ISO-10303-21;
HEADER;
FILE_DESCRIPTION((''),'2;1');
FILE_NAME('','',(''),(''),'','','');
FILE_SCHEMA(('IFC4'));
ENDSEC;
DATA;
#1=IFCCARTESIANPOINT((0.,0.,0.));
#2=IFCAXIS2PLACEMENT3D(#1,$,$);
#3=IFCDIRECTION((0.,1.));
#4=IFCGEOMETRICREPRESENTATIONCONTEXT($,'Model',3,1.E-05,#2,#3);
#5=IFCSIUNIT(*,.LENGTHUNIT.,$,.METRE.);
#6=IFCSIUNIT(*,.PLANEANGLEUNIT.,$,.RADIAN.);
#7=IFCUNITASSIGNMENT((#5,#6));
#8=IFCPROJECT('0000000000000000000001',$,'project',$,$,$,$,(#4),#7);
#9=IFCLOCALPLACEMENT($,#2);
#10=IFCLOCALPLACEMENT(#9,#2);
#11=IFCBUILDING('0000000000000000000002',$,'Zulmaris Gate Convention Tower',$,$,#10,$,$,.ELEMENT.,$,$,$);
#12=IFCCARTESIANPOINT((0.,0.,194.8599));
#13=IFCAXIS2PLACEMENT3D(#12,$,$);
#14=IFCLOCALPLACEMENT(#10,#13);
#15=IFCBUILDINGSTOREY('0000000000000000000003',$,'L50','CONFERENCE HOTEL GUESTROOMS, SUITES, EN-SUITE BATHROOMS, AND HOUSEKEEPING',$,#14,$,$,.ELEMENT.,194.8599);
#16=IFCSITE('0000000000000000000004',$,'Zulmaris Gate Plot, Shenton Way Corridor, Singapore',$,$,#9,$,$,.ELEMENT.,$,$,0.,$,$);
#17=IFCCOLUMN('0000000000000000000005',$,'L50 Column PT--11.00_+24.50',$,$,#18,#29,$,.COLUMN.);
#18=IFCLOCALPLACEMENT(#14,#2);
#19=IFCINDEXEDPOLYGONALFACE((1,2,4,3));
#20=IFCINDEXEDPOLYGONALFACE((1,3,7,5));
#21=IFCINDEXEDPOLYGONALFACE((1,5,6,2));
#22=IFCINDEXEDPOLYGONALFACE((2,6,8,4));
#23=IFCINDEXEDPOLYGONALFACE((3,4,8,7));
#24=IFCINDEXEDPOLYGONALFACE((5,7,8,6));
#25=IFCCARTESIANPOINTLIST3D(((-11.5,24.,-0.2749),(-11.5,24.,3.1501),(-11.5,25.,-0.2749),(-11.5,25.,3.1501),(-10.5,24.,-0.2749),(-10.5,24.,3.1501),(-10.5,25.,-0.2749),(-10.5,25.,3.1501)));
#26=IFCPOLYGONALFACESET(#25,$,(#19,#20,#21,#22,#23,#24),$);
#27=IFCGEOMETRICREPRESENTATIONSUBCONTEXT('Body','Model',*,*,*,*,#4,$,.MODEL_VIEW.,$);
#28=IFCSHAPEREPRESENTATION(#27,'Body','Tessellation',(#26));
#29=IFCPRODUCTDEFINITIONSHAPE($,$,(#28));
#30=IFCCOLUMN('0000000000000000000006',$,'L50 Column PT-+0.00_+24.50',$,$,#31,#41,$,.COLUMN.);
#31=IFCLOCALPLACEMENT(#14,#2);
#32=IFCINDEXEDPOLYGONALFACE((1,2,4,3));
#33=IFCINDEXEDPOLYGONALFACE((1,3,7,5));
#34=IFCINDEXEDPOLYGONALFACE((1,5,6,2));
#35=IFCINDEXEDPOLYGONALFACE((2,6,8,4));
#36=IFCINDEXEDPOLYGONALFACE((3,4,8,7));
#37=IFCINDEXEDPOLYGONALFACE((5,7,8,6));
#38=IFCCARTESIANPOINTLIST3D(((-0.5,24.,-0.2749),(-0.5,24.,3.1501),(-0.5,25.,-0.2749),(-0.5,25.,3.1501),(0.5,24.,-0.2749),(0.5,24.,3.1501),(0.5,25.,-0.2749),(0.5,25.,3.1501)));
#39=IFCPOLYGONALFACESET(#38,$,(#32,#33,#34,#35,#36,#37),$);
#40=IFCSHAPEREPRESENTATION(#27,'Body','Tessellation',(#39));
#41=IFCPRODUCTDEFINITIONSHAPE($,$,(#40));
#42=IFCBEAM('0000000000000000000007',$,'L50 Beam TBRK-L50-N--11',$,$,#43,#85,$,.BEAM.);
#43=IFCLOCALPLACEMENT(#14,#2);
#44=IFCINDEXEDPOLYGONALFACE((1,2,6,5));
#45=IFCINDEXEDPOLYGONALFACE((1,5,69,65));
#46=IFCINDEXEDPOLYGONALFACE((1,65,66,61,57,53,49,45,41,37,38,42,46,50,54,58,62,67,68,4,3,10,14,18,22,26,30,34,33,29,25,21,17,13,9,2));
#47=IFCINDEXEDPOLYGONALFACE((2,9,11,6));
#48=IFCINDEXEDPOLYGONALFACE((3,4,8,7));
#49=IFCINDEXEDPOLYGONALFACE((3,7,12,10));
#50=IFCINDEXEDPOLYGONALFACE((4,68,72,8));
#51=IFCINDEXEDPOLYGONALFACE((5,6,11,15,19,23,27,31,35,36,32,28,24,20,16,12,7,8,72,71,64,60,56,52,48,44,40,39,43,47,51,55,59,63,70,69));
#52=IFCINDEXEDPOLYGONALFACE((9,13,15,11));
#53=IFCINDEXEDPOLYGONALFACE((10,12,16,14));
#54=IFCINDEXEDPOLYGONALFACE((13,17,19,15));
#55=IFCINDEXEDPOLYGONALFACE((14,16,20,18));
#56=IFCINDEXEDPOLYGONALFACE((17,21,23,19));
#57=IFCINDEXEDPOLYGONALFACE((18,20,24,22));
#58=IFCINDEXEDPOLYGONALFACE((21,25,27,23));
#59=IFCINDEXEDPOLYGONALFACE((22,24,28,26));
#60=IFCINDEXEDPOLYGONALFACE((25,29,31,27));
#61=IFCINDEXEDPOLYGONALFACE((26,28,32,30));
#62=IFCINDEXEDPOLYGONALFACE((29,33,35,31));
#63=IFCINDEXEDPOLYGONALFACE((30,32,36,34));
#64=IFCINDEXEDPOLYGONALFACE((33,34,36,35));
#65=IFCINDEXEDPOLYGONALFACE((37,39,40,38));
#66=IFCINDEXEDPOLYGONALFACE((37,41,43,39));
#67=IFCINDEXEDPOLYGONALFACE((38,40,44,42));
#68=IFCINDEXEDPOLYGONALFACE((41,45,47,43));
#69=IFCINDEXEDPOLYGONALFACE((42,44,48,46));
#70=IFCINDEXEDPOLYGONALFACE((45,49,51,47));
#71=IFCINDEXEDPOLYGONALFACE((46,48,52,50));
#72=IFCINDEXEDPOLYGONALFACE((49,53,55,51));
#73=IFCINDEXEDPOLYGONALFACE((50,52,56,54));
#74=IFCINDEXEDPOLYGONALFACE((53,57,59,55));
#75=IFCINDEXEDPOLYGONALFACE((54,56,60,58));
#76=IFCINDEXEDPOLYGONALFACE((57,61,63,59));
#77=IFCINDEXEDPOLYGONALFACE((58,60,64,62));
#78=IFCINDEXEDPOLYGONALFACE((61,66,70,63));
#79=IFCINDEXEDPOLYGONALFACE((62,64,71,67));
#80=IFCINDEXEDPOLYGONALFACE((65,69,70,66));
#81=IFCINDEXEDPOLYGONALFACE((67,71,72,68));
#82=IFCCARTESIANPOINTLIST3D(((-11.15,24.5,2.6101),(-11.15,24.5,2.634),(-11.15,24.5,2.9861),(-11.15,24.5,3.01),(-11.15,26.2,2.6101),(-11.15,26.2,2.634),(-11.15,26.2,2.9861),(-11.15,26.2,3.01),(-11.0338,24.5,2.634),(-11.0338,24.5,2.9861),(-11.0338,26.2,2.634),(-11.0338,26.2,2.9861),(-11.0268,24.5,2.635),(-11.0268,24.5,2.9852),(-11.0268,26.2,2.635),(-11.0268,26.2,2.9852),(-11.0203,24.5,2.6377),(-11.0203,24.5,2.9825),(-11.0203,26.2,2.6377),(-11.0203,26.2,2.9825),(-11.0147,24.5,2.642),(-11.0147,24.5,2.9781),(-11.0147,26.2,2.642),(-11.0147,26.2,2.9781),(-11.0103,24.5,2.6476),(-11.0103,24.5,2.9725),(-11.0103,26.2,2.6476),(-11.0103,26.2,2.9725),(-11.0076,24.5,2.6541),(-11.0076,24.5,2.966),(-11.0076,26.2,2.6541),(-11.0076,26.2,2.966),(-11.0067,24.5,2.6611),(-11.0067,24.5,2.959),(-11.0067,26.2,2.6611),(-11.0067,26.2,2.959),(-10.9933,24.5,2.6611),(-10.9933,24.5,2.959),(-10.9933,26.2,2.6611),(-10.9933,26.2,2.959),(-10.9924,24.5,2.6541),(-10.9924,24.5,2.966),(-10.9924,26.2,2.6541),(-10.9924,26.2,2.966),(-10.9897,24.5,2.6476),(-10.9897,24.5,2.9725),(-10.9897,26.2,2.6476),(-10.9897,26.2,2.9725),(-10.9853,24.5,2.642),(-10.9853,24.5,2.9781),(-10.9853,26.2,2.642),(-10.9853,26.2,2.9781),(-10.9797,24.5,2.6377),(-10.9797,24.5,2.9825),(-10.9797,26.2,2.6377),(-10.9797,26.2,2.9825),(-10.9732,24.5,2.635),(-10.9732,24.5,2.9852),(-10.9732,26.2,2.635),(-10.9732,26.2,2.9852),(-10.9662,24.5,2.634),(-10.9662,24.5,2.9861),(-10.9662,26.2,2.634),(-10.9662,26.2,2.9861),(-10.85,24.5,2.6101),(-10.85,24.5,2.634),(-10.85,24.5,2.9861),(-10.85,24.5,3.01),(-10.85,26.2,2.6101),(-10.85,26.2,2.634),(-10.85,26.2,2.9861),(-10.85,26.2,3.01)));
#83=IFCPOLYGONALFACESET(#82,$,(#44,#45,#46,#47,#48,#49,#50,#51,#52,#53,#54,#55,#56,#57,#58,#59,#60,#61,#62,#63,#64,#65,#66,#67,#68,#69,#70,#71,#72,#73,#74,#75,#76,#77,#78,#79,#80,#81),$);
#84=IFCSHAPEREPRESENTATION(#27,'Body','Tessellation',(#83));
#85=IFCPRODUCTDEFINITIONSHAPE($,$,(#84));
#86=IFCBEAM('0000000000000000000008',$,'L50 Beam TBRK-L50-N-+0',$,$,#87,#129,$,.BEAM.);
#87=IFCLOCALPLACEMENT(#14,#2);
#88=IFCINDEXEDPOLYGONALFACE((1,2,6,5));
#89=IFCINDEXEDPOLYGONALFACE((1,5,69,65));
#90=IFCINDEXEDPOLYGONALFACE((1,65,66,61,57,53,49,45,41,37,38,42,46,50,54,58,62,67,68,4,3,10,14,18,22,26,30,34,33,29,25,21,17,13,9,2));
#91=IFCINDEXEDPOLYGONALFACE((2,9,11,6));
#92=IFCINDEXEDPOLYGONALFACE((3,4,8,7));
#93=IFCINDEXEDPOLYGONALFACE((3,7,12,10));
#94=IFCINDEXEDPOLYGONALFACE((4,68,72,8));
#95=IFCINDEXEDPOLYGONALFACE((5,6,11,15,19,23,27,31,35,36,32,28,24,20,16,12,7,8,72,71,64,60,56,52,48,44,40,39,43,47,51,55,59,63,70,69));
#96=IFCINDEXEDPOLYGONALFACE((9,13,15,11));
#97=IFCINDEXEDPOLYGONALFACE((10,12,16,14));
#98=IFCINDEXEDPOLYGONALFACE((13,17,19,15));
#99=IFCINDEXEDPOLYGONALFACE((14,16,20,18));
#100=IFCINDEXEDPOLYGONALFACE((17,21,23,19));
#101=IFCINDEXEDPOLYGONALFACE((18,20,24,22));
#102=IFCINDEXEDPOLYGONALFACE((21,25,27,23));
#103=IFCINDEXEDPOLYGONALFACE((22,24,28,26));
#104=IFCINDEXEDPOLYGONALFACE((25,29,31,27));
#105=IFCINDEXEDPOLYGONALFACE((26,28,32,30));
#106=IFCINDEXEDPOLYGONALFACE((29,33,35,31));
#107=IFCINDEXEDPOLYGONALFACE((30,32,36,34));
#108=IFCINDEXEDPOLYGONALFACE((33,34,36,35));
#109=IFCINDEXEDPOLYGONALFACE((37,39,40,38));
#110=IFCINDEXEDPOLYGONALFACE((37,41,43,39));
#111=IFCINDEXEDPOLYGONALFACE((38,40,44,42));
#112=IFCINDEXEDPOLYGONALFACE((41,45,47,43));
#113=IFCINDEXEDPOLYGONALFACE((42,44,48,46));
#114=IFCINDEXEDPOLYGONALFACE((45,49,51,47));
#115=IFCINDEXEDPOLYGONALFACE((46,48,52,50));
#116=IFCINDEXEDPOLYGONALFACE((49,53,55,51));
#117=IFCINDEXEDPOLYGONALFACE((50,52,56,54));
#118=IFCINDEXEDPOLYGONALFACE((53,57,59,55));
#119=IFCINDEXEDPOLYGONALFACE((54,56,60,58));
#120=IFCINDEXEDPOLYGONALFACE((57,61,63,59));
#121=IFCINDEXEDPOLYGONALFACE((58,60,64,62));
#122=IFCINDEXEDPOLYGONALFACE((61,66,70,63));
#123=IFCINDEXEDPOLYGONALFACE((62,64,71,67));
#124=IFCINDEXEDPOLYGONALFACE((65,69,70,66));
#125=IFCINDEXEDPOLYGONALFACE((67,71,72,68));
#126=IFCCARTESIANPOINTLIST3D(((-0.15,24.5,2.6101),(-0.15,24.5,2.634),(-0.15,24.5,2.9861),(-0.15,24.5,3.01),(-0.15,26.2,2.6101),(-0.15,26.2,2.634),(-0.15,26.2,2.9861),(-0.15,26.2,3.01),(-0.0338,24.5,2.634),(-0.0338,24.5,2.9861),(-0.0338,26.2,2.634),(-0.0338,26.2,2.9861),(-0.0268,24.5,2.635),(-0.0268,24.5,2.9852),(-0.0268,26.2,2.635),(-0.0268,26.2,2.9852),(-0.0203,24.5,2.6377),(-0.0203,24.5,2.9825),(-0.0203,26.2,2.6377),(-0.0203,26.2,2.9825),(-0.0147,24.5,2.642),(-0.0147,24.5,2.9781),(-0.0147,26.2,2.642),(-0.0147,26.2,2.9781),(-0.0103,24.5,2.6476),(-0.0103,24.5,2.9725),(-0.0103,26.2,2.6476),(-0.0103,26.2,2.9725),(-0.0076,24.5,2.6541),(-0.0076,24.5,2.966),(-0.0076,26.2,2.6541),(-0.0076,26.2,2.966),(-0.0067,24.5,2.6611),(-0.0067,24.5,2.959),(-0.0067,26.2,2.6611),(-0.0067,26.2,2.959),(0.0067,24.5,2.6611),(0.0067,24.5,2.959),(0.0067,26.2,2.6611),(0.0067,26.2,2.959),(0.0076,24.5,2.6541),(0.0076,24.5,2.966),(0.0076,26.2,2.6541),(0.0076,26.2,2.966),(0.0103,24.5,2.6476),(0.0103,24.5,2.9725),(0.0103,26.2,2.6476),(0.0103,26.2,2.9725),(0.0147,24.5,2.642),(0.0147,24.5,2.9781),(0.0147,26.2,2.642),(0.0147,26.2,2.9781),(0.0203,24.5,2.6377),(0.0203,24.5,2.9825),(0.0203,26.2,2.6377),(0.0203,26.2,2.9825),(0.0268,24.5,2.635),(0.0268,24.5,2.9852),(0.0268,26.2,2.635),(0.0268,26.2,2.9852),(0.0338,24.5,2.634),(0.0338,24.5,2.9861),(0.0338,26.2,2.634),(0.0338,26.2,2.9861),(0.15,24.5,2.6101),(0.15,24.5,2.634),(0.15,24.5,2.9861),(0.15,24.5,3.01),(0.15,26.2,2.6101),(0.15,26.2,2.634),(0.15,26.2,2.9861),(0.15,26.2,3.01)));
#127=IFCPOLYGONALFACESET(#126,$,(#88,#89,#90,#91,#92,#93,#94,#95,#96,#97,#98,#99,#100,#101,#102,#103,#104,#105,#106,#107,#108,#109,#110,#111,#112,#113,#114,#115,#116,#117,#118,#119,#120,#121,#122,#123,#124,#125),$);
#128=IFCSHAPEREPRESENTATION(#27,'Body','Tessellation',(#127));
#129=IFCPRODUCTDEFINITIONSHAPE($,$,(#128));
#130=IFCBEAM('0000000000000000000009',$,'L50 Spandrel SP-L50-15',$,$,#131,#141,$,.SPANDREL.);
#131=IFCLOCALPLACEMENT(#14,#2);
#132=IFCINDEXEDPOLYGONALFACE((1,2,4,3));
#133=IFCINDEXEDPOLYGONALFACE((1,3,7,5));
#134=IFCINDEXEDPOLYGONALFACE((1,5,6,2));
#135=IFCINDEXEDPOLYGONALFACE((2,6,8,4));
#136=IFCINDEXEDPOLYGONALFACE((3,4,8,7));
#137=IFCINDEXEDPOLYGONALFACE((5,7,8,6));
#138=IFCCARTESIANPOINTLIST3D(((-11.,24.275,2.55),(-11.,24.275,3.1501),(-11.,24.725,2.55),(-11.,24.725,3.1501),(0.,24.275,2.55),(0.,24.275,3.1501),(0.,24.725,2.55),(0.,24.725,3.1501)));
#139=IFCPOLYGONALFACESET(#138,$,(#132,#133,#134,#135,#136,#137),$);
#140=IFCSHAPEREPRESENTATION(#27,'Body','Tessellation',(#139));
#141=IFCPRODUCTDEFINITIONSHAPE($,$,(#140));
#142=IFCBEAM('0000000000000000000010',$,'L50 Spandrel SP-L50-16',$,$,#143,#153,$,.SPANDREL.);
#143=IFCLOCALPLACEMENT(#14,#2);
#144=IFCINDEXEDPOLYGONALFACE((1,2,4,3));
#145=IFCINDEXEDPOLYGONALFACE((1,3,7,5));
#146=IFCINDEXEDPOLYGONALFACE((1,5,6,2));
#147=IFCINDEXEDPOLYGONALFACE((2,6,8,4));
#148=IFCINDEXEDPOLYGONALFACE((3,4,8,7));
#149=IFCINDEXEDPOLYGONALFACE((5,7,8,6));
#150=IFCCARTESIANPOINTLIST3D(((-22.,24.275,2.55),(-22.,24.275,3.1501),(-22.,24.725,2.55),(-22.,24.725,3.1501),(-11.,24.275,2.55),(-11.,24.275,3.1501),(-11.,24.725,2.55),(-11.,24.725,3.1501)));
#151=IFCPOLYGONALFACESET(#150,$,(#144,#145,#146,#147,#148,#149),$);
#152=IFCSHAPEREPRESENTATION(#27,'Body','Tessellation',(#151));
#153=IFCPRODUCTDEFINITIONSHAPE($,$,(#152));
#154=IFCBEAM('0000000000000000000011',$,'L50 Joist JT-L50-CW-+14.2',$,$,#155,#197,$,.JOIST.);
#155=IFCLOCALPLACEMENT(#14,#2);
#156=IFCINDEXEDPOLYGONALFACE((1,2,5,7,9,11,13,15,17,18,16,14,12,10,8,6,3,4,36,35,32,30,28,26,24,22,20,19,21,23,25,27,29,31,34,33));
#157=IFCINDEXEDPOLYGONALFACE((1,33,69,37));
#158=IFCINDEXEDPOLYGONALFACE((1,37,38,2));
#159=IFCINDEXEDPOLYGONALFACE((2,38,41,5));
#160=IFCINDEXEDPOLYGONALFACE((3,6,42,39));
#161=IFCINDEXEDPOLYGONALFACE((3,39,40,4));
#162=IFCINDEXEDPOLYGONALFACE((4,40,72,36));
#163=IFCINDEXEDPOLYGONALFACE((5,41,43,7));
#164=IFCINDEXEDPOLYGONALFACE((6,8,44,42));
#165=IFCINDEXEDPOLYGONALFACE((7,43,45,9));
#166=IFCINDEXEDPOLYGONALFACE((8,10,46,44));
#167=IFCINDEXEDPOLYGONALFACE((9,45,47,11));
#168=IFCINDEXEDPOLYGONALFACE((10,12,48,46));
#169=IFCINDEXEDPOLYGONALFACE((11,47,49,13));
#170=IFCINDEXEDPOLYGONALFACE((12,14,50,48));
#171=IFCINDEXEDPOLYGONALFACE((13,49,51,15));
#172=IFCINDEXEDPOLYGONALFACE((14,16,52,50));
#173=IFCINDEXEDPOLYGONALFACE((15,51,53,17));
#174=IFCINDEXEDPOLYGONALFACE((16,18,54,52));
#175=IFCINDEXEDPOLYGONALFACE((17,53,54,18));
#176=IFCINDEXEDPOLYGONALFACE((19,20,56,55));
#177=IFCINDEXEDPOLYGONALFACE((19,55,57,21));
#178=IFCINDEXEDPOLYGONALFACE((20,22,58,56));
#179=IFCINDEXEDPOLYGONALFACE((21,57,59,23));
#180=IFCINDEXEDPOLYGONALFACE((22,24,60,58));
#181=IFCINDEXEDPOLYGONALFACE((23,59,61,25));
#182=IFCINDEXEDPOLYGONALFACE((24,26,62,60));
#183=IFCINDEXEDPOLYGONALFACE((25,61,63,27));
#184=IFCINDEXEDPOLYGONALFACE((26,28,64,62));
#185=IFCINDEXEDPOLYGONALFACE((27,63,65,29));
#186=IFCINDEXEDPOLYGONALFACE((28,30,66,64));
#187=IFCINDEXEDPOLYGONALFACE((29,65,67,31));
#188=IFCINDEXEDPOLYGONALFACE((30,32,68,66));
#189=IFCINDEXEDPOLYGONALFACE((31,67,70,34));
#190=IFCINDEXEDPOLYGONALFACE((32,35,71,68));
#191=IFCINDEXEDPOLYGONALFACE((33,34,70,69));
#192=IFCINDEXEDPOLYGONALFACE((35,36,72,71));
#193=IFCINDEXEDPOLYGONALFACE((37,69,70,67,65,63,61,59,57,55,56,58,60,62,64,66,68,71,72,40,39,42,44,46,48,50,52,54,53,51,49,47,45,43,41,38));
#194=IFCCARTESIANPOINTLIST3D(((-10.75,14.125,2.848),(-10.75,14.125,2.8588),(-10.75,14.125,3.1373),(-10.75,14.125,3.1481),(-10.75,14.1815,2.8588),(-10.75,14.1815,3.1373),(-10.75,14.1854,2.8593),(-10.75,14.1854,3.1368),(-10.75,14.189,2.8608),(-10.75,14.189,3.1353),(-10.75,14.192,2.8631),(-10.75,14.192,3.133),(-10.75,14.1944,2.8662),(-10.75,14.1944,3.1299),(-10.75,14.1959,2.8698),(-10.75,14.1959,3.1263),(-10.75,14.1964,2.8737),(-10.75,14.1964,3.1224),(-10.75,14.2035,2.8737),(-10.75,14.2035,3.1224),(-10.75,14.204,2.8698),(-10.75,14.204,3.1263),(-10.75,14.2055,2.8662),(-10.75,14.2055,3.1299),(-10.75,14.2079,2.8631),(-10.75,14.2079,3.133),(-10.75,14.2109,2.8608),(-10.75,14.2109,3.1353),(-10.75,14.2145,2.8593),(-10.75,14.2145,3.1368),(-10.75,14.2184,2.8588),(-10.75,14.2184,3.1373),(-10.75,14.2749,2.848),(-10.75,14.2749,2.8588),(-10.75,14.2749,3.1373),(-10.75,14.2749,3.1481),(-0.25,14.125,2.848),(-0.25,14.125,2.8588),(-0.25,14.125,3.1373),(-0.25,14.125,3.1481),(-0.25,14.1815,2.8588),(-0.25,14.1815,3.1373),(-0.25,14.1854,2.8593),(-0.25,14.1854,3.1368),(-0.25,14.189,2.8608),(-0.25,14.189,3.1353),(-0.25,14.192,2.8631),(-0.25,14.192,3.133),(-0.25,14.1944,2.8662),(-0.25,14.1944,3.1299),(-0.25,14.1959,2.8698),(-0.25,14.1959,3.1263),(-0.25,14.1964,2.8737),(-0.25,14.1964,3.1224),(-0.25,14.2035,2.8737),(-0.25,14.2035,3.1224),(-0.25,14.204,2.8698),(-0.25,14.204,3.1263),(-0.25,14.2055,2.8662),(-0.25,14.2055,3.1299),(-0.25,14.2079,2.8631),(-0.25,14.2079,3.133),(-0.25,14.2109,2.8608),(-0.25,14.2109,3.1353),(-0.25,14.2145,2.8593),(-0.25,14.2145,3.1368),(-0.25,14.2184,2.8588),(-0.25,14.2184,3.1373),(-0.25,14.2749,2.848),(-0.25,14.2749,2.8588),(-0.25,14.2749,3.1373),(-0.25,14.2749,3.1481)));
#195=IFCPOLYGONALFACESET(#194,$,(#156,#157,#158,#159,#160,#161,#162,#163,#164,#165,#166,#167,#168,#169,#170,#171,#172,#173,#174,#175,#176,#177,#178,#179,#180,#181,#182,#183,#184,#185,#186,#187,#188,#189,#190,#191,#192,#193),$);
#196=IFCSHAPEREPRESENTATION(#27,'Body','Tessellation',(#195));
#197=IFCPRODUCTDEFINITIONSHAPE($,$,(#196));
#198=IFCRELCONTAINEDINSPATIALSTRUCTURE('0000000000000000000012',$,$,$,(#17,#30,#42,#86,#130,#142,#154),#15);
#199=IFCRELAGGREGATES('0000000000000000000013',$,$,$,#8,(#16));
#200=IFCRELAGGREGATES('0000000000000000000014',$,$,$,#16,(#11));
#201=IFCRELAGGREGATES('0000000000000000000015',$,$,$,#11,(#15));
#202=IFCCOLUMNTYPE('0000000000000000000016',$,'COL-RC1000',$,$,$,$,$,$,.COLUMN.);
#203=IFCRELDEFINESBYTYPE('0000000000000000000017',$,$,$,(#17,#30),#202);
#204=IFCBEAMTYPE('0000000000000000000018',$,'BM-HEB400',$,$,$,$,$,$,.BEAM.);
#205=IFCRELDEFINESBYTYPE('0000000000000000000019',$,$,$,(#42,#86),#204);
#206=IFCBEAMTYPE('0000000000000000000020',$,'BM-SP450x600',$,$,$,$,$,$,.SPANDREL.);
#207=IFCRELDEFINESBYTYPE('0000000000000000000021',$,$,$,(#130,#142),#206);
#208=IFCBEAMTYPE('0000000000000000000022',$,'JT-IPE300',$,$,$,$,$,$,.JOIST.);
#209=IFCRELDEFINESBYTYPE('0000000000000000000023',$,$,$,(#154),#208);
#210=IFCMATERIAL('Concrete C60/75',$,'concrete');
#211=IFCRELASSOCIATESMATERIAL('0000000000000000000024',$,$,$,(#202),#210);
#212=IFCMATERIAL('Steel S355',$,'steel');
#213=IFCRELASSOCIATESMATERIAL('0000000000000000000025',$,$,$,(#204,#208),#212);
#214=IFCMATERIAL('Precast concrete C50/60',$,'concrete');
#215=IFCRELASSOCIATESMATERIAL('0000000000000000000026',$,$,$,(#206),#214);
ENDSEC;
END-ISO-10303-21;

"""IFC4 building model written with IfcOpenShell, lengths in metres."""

from ifc_helpers import new_model, si_unit, direction, frame, origin, origin_2d, place, context, subcontext, project, spatial, rectangle, i_section, extrude, material, material_profile, profile_set, type_object, element, save


model = new_model("IFC4")

# Units and contexts
model_context = context("Model", 3, precision=1e-05, world=origin(), true_north=direction((0.0, 1.0)))
body_context = subcontext(model_context, "Body", "Model", "MODEL_VIEW")
ifc_project = project(units=[si_unit("LENGTHUNIT", "METRE"), si_unit("PLANEANGLEUNIT", "RADIAN")], contexts=[model_context])

# Site, building, storey
site_placement = place(None, origin())
site = spatial("IfcSite", under=ifc_project, at=site_placement, Name="Zulmaris Gate Plot, Shenton Way Corridor, Singapore", CompositionType="ELEMENT", RefElevation=0.0)
building_placement = place(site_placement, origin())
building = spatial("IfcBuilding", under=site, at=building_placement, Name="Zulmaris Gate Convention Tower", CompositionType="ELEMENT")
storey_placement = place(building_placement, frame((0.0, 0.0, 194.8599)))
storey = spatial("IfcBuildingStorey", under=building, at=storey_placement, Name="L50", Description="CONFERENCE HOTEL GUESTROOMS, SUITES, EN-SUITE BATHROOMS, AND HOUSEKEEPING", CompositionType="ELEMENT", Elevation=194.8599)

# Columns
ifc_material_1 = material(Name="Concrete C60/75", Category="concrete")
ifc_material_profile_1 = material_profile(ifc_material_1, rectangle(XDim=1.0, YDim=1.0, at=origin_2d()), Name="RC COL 1000x1000")
ifc_profile_set_1 = profile_set([ifc_material_profile_1], Name="Concrete C60/75")
column_type = type_object("IfcColumnType", Name="COL-RC1000", PredefinedType="COLUMN", material=ifc_profile_set_1)
for number, where, z_axis, x_axis, name in (
    (1, (-11.0, 24.5, -0.2749), (0.0, 0.0, 1.0), (1.0, 0.0, 0.0), "L50 Column PT--11.00_+24.50"),
    (2, (0.0, 24.5, -0.2749), (0.0, 0.0, 1.0), (1.0, 0.0, 0.0), "L50 Column PT-+0.00_+24.50"),
):
    element("IfcColumn", number, at=place(storey_placement, frame(where, z_axis=z_axis, x_axis=x_axis)), inside=storey, type_object=column_type, Name=name, PredefinedType="COLUMN", context=body_context, shape_type="SweptSolid", body=[
        extrude(rectangle(XDim=1.0, YDim=1.0, at=origin_2d()), origin(), (0.0, 0.0, 1.0), 3.425),
    ])

# Beams
ifc_material_2 = material(Name="Steel S355", Category="steel")
ifc_material_profile_2 = material_profile(ifc_material_2, i_section(OverallWidth=0.3, OverallDepth=0.3999, WebThickness=0.0134, FlangeThickness=0.0239, FilletRadius=0.0271, at=origin_2d()), Name="HEB 400")
ifc_profile_set_2 = profile_set([ifc_material_profile_2], Name="Steel S355")
beam_type_1 = type_object("IfcBeamType", Name="BM-HEB400", PredefinedType="BEAM", material=ifc_profile_set_2)
for number, where, z_axis, x_axis, name in (
    (3, (-11.0, 24.5, 2.8101), (0.0, 1.0, 0.0), (-1.0, 0.0, 0.0), "L50 Beam TBRK-L50-N--11"),
    (4, (0.0, 24.5, 2.8101), (0.0, 1.0, 0.0), (-1.0, 0.0, 0.0), "L50 Beam TBRK-L50-N-+0"),
):
    element("IfcBeam", number, at=place(storey_placement, frame(where, z_axis=z_axis, x_axis=x_axis)), inside=storey, type_object=beam_type_1, Name=name, PredefinedType="BEAM", context=body_context, shape_type="SweptSolid", body=[
        extrude(i_section(OverallWidth=0.3, OverallDepth=0.3999, WebThickness=0.0134, FlangeThickness=0.0239, FilletRadius=0.0271, at=origin_2d()), origin(), (0.0, 0.0, 1.0), 1.7),
    ])
ifc_material_3 = material(Name="Precast concrete C50/60", Category="concrete")
ifc_material_profile_3 = material_profile(ifc_material_3, rectangle(XDim=0.45, YDim=0.6001, at=origin_2d()), Name="RC SPANDREL 450x600")
ifc_profile_set_3 = profile_set([ifc_material_profile_3], Name="Precast concrete C50/60")
beam_type_2 = type_object("IfcBeamType", Name="BM-SP450x600", PredefinedType="SPANDREL", material=ifc_profile_set_3)
for number, where, z_axis, x_axis, name in (
    (5, (0.0, 24.5, 2.8501), (-1.0, 0.0, 0.0), (0.0, -1.0, 0.0), "L50 Spandrel SP-L50-15"),
    (6, (-11.0, 24.5, 2.8501), (-1.0, 0.0, 0.0), (0.0, -1.0, 0.0), "L50 Spandrel SP-L50-16"),
):
    element("IfcBeam", number, at=place(storey_placement, frame(where, z_axis=z_axis, x_axis=x_axis)), inside=storey, type_object=beam_type_2, Name=name, PredefinedType="SPANDREL", context=body_context, shape_type="SweptSolid", body=[
        extrude(rectangle(XDim=0.45, YDim=0.6001, at=origin_2d()), origin(), (0.0, 0.0, 1.0), 11.0),
    ])
ifc_material_profile_4 = material_profile(ifc_material_2, i_section(OverallWidth=0.1499, OverallDepth=0.3, WebThickness=0.0071, FlangeThickness=0.0107, FilletRadius=0.0149, at=origin_2d()), Name="IPE 300")
ifc_profile_set_4 = profile_set([ifc_material_profile_4], Name="Steel S355")
beam_type_3 = type_object("IfcBeamType", Name="JT-IPE300", PredefinedType="JOIST", material=ifc_profile_set_4)
for number, where, z_axis, x_axis, name in (
    (7, (-10.75, 14.2, 2.998), (1.0, 0.0, 0.0), (0.0, 1.0, 0.0), "L50 Joist JT-L50-CW-+14.2"),
):
    element("IfcBeam", number, at=place(storey_placement, frame(where, z_axis=z_axis, x_axis=x_axis)), inside=storey, type_object=beam_type_3, Name=name, PredefinedType="JOIST", context=body_context, shape_type="SweptSolid", body=[
        extrude(i_section(OverallWidth=0.1499, OverallDepth=0.3, WebThickness=0.0071, FlangeThickness=0.0107, FilletRadius=0.0149, at=origin_2d()), origin(), (0.0, 0.0, 1.0), 10.5),
    ])

save(model, "model.ifc")
